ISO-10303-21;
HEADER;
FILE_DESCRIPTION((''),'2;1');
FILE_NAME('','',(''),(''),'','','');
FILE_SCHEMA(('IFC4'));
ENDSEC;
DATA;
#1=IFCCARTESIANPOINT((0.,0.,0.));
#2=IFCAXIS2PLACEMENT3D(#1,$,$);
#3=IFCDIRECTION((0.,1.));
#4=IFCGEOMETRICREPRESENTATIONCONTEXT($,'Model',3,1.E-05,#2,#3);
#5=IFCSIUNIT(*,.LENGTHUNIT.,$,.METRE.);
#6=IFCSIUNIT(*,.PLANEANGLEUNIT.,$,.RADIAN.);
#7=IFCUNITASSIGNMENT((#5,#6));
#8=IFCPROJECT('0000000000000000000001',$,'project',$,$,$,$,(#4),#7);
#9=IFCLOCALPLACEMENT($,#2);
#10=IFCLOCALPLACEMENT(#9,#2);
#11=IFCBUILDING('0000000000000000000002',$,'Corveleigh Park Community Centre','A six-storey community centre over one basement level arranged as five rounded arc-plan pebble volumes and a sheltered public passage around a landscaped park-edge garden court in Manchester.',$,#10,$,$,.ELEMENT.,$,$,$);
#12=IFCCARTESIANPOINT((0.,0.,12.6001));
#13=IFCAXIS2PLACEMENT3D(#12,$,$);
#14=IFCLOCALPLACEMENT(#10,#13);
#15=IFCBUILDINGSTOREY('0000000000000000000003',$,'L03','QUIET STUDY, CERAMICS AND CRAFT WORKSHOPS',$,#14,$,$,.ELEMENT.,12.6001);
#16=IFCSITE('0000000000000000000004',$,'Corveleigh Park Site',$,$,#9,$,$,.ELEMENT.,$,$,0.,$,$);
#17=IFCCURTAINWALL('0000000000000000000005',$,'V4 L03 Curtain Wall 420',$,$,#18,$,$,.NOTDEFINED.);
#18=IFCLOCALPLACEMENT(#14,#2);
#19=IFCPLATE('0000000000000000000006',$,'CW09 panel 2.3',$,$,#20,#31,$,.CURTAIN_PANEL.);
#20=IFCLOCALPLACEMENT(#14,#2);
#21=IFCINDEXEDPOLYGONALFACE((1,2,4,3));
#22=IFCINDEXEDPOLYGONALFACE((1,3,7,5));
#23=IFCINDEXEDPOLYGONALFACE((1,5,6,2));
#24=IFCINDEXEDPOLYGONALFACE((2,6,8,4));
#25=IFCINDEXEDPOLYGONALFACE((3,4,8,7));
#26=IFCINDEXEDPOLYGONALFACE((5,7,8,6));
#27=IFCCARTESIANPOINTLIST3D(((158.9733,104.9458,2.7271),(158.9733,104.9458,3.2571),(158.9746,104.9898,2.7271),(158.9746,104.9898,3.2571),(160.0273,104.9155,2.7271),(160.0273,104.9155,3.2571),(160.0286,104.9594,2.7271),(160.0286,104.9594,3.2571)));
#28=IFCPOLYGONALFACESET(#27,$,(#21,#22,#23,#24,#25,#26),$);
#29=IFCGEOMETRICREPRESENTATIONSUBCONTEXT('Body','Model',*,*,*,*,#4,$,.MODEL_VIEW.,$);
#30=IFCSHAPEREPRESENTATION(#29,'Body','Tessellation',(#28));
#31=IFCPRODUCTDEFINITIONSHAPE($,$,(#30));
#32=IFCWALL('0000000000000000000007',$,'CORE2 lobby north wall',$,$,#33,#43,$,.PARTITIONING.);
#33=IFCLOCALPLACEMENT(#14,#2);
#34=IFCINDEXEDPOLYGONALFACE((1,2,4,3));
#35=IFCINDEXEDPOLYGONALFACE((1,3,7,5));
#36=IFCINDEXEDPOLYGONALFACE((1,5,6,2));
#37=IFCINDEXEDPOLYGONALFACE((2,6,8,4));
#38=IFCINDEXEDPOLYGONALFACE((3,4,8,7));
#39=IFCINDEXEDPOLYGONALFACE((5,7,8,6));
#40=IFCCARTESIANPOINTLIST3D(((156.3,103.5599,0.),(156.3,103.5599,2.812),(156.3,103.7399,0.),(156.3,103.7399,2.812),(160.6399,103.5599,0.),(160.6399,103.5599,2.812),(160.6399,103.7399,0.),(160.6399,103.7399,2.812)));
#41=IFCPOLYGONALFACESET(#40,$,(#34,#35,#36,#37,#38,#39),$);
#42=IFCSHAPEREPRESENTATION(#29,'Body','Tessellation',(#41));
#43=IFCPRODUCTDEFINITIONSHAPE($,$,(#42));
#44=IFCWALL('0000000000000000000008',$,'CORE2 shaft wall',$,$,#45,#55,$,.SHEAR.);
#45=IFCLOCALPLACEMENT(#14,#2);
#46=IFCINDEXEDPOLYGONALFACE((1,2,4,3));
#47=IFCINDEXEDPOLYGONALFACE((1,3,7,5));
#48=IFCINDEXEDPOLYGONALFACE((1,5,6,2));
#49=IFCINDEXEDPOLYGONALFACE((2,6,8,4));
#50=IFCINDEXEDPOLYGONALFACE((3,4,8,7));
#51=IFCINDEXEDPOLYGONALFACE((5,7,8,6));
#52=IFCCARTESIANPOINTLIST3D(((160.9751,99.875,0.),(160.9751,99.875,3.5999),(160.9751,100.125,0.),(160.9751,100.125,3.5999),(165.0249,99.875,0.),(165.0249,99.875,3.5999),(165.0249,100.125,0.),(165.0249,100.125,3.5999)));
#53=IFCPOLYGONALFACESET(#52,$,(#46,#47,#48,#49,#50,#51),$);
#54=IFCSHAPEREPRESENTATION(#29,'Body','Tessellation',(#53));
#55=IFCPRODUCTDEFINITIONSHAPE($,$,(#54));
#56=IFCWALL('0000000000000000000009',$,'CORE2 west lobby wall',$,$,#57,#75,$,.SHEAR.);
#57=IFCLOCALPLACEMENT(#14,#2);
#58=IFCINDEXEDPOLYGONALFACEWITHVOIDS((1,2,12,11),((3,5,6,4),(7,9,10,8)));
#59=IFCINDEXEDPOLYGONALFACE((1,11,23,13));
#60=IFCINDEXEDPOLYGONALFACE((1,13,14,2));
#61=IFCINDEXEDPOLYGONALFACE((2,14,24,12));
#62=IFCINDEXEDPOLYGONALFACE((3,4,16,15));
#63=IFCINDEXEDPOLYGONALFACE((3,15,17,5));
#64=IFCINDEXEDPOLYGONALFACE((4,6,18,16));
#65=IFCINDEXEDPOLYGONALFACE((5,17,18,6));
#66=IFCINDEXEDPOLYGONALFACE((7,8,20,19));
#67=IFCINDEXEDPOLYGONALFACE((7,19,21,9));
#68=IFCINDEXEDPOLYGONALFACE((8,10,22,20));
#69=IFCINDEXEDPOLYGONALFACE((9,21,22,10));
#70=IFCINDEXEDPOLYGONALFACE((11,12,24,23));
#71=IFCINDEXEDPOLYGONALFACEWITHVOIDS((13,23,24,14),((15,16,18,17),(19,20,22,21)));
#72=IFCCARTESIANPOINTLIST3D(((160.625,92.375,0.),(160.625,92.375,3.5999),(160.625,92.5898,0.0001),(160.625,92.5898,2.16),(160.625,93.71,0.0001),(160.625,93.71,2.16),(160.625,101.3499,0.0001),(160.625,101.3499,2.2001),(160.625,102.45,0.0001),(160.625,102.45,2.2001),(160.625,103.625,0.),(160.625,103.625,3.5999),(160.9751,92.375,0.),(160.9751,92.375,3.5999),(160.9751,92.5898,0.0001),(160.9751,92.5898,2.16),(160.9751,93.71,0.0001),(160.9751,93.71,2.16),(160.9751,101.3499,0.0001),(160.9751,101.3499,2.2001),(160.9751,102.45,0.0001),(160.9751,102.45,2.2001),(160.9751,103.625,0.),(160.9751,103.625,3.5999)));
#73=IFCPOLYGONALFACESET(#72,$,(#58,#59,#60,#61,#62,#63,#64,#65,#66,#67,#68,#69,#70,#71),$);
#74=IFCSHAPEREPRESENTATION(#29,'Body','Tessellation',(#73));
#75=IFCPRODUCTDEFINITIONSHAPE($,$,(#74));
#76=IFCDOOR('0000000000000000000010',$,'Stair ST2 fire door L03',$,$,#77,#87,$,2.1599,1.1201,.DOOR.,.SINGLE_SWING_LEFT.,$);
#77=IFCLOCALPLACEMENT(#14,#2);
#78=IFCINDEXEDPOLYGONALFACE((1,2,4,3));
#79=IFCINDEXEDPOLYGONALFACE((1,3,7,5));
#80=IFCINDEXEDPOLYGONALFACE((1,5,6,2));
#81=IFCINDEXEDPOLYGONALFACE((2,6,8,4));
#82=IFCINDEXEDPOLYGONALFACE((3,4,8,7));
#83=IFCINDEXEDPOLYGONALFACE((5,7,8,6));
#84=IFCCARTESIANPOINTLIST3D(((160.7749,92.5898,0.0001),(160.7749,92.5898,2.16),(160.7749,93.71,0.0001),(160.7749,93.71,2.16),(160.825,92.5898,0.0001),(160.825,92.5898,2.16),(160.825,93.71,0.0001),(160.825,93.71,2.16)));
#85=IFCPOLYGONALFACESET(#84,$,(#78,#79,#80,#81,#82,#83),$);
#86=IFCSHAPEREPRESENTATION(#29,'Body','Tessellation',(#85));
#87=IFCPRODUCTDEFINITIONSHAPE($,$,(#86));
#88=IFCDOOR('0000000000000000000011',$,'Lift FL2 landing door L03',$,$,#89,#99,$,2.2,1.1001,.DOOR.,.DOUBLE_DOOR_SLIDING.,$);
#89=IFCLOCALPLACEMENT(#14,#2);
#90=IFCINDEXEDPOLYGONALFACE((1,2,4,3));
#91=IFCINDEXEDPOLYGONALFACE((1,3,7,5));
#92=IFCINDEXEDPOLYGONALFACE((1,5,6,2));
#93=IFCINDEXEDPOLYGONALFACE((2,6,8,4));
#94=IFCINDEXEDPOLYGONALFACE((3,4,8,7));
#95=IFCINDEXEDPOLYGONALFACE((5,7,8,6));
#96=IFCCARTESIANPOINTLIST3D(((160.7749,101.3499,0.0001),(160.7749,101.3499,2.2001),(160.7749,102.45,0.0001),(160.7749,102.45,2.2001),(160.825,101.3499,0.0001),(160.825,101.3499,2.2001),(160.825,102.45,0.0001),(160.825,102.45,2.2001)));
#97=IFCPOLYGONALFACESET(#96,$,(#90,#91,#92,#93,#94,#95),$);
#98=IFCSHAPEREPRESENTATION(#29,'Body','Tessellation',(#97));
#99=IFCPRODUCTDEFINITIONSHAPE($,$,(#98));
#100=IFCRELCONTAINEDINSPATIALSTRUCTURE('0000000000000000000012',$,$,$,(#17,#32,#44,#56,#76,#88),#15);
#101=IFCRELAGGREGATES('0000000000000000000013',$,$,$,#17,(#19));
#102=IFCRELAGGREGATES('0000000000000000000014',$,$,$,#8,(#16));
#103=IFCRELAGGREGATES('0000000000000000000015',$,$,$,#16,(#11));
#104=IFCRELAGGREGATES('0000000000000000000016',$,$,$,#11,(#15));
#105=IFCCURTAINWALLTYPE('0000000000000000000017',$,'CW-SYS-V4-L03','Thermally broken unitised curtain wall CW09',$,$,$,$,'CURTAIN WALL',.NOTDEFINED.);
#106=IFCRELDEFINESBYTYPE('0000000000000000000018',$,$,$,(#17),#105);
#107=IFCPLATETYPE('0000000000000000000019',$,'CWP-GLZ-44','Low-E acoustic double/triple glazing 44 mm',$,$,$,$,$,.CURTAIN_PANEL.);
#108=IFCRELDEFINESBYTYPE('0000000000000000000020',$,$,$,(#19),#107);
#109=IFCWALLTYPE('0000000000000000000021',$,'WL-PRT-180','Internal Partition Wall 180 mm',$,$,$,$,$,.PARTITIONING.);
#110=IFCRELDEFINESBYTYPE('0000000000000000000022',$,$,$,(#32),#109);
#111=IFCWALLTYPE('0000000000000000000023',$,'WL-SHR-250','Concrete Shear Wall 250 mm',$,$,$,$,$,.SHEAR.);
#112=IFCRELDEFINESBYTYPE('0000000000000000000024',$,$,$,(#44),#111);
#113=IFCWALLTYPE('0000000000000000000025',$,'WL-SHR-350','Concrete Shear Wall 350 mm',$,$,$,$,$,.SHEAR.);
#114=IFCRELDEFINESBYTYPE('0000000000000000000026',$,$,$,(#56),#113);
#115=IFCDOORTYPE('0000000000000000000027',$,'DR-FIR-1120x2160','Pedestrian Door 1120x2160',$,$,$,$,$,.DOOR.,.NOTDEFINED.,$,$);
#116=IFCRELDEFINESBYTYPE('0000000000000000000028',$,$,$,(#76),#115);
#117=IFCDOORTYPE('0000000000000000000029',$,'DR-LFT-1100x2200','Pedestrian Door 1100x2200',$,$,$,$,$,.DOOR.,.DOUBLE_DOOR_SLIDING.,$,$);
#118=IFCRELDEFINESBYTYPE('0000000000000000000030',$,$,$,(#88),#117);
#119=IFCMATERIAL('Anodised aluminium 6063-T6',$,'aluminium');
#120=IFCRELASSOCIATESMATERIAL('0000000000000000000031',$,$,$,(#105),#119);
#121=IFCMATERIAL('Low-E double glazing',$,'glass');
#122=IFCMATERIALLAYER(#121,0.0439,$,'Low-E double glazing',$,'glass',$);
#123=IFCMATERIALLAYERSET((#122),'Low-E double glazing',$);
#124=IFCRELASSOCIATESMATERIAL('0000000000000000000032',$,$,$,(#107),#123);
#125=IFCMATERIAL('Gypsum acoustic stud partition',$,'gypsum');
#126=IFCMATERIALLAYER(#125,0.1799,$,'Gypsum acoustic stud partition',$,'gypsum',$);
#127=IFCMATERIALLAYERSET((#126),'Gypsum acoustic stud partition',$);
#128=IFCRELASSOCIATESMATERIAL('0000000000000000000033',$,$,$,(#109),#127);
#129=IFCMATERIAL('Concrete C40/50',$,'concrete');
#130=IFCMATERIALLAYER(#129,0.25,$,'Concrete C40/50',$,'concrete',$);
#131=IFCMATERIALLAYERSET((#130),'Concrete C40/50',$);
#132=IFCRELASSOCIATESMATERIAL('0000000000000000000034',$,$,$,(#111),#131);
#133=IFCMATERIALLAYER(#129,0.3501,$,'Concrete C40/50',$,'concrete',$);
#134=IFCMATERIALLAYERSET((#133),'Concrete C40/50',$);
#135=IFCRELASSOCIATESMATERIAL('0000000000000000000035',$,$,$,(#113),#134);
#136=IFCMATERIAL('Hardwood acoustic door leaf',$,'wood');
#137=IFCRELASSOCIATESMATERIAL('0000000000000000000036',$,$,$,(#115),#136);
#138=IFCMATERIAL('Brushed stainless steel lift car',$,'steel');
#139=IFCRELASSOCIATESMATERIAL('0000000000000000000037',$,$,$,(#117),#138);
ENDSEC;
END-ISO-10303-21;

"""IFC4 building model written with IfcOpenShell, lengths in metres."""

from ifc_helpers import new_model, si_unit, direction, frame, frame_2d, origin, origin_2d, place, context, subcontext, project, spatial, rectangle, extrude, material, layer, layer_set, type_object, element, fill, aggregate, save


model = new_model("IFC4")

# Units and contexts
model_context = context("Model", 3, precision=1e-05, world=origin(), true_north=direction((0.0, 1.0)))
body_context = subcontext(model_context, "Body", "Model", "MODEL_VIEW")
ifc_project = project(units=[si_unit("LENGTHUNIT", "METRE"), si_unit("PLANEANGLEUNIT", "RADIAN")], contexts=[model_context])

# Site, building, storey
site_placement = place(None, origin())
site = spatial("IfcSite", under=ifc_project, at=site_placement, Name="Corveleigh Park Site", CompositionType="ELEMENT", RefElevation=0.0)
building_placement = place(site_placement, origin())
building = spatial("IfcBuilding", under=site, at=building_placement, Name="Corveleigh Park Community Centre", Description="A six-storey community centre over one basement level arranged as five rounded arc-plan pebble volumes and a sheltered public passage around a landscaped park-edge garden court in Manchester.", CompositionType="ELEMENT")
storey_placement = place(building_placement, frame((0.0, 0.0, 12.6001)))
storey = spatial("IfcBuildingStorey", under=building, at=storey_placement, Name="L03", Description="QUIET STUDY, CERAMICS AND CRAFT WORKSHOPS", CompositionType="ELEMENT", Elevation=12.6001)

# Shared definitions
ifc_material_1 = material(Name="Concrete C40/50", Category="concrete")

# Curtain wall
ifc_material_2 = material(Name="Anodised aluminium 6063-T6", Category="aluminium")
curtain_wall_type = type_object("IfcCurtainWallType", Name="CW-SYS-V4-L03", Description="Thermally broken unitised curtain wall CW09", ElementType="CURTAIN WALL", PredefinedType="NOTDEFINED", material=ifc_material_2)
curtain_wall_1_placement = place(storey_placement, origin())
curtain_wall_1 = element("IfcCurtainWall", 1, at=curtain_wall_1_placement, inside=storey, type_object=curtain_wall_type, Name="V4 L03 Curtain Wall 420", PredefinedType="NOTDEFINED")

# Plate
ifc_material_3 = material(Name="Low-E double glazing", Category="glass")
ifc_layer_1 = layer(ifc_material_3, 0.0439, Name="Low-E double glazing", Category="glass")
ifc_layer_set_1 = layer_set([ifc_layer_1], Name="Low-E double glazing")
plate_type = type_object("IfcPlateType", Name="CWP-GLZ-44", Description="Low-E acoustic double/triple glazing 44 mm", PredefinedType="CURTAIN_PANEL", material=ifc_layer_set_1)
plate_1_placement = place(storey_placement, frame((159.501, 104.9526, 2.7271), z_axis=(0.0, 0.0, 1.0), x_axis=(0.999586, -0.028765, 0.0)))
plate_1 = element("IfcPlate", 2, at=plate_1_placement, type_object=plate_type, Name="CW09 panel 2.3", PredefinedType="CURTAIN_PANEL", context=body_context, shape_type="SweptSolid", body=[
    extrude(rectangle(XDim=1.0544, YDim=0.0439, at=origin_2d()), origin(), (0.0, 0.0, 1.0), 0.53),
])
aggregate(curtain_wall_1, [plate_1])

# Walls
ifc_material_4 = material(Name="Gypsum acoustic stud partition", Category="gypsum")
ifc_layer_2 = layer(ifc_material_4, 0.1799, Name="Gypsum acoustic stud partition", Category="gypsum")
ifc_layer_set_2 = layer_set([ifc_layer_2], Name="Gypsum acoustic stud partition")
wall_type_1 = type_object("IfcWallType", Name="WL-PRT-180", Description="Internal Partition Wall 180 mm", PredefinedType="PARTITIONING", material=ifc_layer_set_2)
wall_1_placement = place(storey_placement, frame((160.6399, 103.6499, 0.0), z_axis=(0.0, 0.0, 1.0), x_axis=(-1.0, 0.0, 0.0)))
element("IfcWall", 3, at=wall_1_placement, inside=storey, type_object=wall_type_1, Name="CORE2 lobby north wall", PredefinedType="PARTITIONING", context=body_context, shape_type="SweptSolid", body=[
    extrude(rectangle(XDim=4.3398, YDim=0.1799, at=frame_2d((2.1699, 0.0))), origin(), (0.0, 0.0, 1.0), 2.812),
])
ifc_layer_3 = layer(ifc_material_1, 0.25, Name="Concrete C40/50", Category="concrete")
ifc_layer_set_3 = layer_set([ifc_layer_3], Name="Concrete C40/50")
wall_type_2 = type_object("IfcWallType", Name="WL-SHR-250", Description="Concrete Shear Wall 250 mm", PredefinedType="SHEAR", material=ifc_layer_set_3)
wall_2_placement = place(storey_placement, frame((160.9751, 100.0, 0.0), z_axis=(0.0, 0.0, 1.0), x_axis=(1.0, 0.0, 0.0)))
element("IfcWall", 4, at=wall_2_placement, inside=storey, type_object=wall_type_2, Name="CORE2 shaft wall", PredefinedType="SHEAR", context=body_context, shape_type="SweptSolid", body=[
    extrude(rectangle(XDim=4.0498, YDim=0.25, at=frame_2d((2.0249, 0.0))), origin(), (0.0, 0.0, 1.0), 3.5999),
])

# Wall, openings, doors
ifc_layer_4 = layer(ifc_material_1, 0.3501, Name="Concrete C40/50", Category="concrete")
ifc_layer_set_4 = layer_set([ifc_layer_4], Name="Concrete C40/50")
wall_type_3 = type_object("IfcWallType", Name="WL-SHR-350", Description="Concrete Shear Wall 350 mm", PredefinedType="SHEAR", material=ifc_layer_set_4)
wall_3_placement = place(storey_placement, frame((160.8, 103.625, 0.0), z_axis=(0.0, 0.0, 1.0), x_axis=(0.0, -1.0, 0.0)))
wall_3 = element("IfcWall", 5, at=wall_3_placement, inside=storey, type_object=wall_type_3, Name="CORE2 west lobby wall", PredefinedType="SHEAR", context=body_context, shape_type="SweptSolid", body=[
    extrude(rectangle(XDim=11.25, YDim=0.3501, at=frame_2d((5.625, 0.0))), origin(), (0.0, 0.0, 1.0), 3.5999),
])
opening_1_placement = place(wall_3_placement, frame((1.175, 0.0, 0.0)))
opening_1 = element("IfcOpeningElement", 6, at=opening_1_placement, cuts=wall_3, PredefinedType="OPENING", context=body_context, shape_type="SweptSolid", body=[
    extrude(rectangle(XDim=1.1001, YDim=2.2, at=frame_2d((0.55, 1.1001))), frame((0.0, 0.1851, 0.0), z_axis=(0.0, -1.0, 0.0), x_axis=(1.0, 0.0, 0.0)), (0.0, 0.0, 1.0), 0.3701),
])
opening_2_placement = place(wall_3_placement, frame((9.915, 0.0, 0.0)))
opening_2 = element("IfcOpeningElement", 7, at=opening_2_placement, cuts=wall_3, PredefinedType="OPENING", context=body_context, shape_type="SweptSolid", body=[
    extrude(rectangle(XDim=1.1201, YDim=2.1599, at=frame_2d((0.5601, 1.0801))), frame((0.0, 0.1851, 0.0), z_axis=(0.0, -1.0, 0.0), x_axis=(1.0, 0.0, 0.0)), (0.0, 0.0, 1.0), 0.3701),
])
ifc_material_5 = material(Name="Hardwood acoustic door leaf", Category="wood")
door_type_1 = type_object("IfcDoorType", Name="DR-FIR-1120x2160", Description="Pedestrian Door 1120x2160", OperationType="NOTDEFINED", PredefinedType="DOOR", material=ifc_material_5)
door_1_placement = place(opening_2_placement, origin())
door_1 = element("IfcDoor", 8, at=door_1_placement, inside=storey, type_object=door_type_1, Name="Stair ST2 fire door L03", OperationType="SINGLE_SWING_LEFT", OverallHeight=2.1599, OverallWidth=1.1201, PredefinedType="DOOR", context=body_context, shape_type="SweptSolid", body=[
    extrude(rectangle(XDim=1.1201, YDim=2.1599, at=frame_2d((0.5601, 1.0801))), frame((0.0, 0.0249, 0.0), z_axis=(0.0, -1.0, 0.0), x_axis=(1.0, 0.0, 0.0)), (0.0, 0.0, 1.0), 0.05),
])
fill(opening_2, door_1)
ifc_material_6 = material(Name="Brushed stainless steel lift car", Category="steel")
door_type_2 = type_object("IfcDoorType", Name="DR-LFT-1100x2200", Description="Pedestrian Door 1100x2200", OperationType="DOUBLE_DOOR_SLIDING", PredefinedType="DOOR", material=ifc_material_6)
door_2_placement = place(opening_1_placement, origin())
door_2 = element("IfcDoor", 9, at=door_2_placement, inside=storey, type_object=door_type_2, Name="Lift FL2 landing door L03", OperationType="DOUBLE_DOOR_SLIDING", OverallHeight=2.2, OverallWidth=1.1001, PredefinedType="DOOR", context=body_context, shape_type="SweptSolid", body=[
    extrude(rectangle(XDim=1.1001, YDim=2.2, at=frame_2d((0.55, 1.1001))), frame((0.0, 0.0249, 0.0), z_axis=(0.0, -1.0, 0.0), x_axis=(1.0, 0.0, 0.0)), (0.0, 0.0, 1.0), 0.05),
])
fill(opening_1, door_2)

save(model, "model.ifc")
